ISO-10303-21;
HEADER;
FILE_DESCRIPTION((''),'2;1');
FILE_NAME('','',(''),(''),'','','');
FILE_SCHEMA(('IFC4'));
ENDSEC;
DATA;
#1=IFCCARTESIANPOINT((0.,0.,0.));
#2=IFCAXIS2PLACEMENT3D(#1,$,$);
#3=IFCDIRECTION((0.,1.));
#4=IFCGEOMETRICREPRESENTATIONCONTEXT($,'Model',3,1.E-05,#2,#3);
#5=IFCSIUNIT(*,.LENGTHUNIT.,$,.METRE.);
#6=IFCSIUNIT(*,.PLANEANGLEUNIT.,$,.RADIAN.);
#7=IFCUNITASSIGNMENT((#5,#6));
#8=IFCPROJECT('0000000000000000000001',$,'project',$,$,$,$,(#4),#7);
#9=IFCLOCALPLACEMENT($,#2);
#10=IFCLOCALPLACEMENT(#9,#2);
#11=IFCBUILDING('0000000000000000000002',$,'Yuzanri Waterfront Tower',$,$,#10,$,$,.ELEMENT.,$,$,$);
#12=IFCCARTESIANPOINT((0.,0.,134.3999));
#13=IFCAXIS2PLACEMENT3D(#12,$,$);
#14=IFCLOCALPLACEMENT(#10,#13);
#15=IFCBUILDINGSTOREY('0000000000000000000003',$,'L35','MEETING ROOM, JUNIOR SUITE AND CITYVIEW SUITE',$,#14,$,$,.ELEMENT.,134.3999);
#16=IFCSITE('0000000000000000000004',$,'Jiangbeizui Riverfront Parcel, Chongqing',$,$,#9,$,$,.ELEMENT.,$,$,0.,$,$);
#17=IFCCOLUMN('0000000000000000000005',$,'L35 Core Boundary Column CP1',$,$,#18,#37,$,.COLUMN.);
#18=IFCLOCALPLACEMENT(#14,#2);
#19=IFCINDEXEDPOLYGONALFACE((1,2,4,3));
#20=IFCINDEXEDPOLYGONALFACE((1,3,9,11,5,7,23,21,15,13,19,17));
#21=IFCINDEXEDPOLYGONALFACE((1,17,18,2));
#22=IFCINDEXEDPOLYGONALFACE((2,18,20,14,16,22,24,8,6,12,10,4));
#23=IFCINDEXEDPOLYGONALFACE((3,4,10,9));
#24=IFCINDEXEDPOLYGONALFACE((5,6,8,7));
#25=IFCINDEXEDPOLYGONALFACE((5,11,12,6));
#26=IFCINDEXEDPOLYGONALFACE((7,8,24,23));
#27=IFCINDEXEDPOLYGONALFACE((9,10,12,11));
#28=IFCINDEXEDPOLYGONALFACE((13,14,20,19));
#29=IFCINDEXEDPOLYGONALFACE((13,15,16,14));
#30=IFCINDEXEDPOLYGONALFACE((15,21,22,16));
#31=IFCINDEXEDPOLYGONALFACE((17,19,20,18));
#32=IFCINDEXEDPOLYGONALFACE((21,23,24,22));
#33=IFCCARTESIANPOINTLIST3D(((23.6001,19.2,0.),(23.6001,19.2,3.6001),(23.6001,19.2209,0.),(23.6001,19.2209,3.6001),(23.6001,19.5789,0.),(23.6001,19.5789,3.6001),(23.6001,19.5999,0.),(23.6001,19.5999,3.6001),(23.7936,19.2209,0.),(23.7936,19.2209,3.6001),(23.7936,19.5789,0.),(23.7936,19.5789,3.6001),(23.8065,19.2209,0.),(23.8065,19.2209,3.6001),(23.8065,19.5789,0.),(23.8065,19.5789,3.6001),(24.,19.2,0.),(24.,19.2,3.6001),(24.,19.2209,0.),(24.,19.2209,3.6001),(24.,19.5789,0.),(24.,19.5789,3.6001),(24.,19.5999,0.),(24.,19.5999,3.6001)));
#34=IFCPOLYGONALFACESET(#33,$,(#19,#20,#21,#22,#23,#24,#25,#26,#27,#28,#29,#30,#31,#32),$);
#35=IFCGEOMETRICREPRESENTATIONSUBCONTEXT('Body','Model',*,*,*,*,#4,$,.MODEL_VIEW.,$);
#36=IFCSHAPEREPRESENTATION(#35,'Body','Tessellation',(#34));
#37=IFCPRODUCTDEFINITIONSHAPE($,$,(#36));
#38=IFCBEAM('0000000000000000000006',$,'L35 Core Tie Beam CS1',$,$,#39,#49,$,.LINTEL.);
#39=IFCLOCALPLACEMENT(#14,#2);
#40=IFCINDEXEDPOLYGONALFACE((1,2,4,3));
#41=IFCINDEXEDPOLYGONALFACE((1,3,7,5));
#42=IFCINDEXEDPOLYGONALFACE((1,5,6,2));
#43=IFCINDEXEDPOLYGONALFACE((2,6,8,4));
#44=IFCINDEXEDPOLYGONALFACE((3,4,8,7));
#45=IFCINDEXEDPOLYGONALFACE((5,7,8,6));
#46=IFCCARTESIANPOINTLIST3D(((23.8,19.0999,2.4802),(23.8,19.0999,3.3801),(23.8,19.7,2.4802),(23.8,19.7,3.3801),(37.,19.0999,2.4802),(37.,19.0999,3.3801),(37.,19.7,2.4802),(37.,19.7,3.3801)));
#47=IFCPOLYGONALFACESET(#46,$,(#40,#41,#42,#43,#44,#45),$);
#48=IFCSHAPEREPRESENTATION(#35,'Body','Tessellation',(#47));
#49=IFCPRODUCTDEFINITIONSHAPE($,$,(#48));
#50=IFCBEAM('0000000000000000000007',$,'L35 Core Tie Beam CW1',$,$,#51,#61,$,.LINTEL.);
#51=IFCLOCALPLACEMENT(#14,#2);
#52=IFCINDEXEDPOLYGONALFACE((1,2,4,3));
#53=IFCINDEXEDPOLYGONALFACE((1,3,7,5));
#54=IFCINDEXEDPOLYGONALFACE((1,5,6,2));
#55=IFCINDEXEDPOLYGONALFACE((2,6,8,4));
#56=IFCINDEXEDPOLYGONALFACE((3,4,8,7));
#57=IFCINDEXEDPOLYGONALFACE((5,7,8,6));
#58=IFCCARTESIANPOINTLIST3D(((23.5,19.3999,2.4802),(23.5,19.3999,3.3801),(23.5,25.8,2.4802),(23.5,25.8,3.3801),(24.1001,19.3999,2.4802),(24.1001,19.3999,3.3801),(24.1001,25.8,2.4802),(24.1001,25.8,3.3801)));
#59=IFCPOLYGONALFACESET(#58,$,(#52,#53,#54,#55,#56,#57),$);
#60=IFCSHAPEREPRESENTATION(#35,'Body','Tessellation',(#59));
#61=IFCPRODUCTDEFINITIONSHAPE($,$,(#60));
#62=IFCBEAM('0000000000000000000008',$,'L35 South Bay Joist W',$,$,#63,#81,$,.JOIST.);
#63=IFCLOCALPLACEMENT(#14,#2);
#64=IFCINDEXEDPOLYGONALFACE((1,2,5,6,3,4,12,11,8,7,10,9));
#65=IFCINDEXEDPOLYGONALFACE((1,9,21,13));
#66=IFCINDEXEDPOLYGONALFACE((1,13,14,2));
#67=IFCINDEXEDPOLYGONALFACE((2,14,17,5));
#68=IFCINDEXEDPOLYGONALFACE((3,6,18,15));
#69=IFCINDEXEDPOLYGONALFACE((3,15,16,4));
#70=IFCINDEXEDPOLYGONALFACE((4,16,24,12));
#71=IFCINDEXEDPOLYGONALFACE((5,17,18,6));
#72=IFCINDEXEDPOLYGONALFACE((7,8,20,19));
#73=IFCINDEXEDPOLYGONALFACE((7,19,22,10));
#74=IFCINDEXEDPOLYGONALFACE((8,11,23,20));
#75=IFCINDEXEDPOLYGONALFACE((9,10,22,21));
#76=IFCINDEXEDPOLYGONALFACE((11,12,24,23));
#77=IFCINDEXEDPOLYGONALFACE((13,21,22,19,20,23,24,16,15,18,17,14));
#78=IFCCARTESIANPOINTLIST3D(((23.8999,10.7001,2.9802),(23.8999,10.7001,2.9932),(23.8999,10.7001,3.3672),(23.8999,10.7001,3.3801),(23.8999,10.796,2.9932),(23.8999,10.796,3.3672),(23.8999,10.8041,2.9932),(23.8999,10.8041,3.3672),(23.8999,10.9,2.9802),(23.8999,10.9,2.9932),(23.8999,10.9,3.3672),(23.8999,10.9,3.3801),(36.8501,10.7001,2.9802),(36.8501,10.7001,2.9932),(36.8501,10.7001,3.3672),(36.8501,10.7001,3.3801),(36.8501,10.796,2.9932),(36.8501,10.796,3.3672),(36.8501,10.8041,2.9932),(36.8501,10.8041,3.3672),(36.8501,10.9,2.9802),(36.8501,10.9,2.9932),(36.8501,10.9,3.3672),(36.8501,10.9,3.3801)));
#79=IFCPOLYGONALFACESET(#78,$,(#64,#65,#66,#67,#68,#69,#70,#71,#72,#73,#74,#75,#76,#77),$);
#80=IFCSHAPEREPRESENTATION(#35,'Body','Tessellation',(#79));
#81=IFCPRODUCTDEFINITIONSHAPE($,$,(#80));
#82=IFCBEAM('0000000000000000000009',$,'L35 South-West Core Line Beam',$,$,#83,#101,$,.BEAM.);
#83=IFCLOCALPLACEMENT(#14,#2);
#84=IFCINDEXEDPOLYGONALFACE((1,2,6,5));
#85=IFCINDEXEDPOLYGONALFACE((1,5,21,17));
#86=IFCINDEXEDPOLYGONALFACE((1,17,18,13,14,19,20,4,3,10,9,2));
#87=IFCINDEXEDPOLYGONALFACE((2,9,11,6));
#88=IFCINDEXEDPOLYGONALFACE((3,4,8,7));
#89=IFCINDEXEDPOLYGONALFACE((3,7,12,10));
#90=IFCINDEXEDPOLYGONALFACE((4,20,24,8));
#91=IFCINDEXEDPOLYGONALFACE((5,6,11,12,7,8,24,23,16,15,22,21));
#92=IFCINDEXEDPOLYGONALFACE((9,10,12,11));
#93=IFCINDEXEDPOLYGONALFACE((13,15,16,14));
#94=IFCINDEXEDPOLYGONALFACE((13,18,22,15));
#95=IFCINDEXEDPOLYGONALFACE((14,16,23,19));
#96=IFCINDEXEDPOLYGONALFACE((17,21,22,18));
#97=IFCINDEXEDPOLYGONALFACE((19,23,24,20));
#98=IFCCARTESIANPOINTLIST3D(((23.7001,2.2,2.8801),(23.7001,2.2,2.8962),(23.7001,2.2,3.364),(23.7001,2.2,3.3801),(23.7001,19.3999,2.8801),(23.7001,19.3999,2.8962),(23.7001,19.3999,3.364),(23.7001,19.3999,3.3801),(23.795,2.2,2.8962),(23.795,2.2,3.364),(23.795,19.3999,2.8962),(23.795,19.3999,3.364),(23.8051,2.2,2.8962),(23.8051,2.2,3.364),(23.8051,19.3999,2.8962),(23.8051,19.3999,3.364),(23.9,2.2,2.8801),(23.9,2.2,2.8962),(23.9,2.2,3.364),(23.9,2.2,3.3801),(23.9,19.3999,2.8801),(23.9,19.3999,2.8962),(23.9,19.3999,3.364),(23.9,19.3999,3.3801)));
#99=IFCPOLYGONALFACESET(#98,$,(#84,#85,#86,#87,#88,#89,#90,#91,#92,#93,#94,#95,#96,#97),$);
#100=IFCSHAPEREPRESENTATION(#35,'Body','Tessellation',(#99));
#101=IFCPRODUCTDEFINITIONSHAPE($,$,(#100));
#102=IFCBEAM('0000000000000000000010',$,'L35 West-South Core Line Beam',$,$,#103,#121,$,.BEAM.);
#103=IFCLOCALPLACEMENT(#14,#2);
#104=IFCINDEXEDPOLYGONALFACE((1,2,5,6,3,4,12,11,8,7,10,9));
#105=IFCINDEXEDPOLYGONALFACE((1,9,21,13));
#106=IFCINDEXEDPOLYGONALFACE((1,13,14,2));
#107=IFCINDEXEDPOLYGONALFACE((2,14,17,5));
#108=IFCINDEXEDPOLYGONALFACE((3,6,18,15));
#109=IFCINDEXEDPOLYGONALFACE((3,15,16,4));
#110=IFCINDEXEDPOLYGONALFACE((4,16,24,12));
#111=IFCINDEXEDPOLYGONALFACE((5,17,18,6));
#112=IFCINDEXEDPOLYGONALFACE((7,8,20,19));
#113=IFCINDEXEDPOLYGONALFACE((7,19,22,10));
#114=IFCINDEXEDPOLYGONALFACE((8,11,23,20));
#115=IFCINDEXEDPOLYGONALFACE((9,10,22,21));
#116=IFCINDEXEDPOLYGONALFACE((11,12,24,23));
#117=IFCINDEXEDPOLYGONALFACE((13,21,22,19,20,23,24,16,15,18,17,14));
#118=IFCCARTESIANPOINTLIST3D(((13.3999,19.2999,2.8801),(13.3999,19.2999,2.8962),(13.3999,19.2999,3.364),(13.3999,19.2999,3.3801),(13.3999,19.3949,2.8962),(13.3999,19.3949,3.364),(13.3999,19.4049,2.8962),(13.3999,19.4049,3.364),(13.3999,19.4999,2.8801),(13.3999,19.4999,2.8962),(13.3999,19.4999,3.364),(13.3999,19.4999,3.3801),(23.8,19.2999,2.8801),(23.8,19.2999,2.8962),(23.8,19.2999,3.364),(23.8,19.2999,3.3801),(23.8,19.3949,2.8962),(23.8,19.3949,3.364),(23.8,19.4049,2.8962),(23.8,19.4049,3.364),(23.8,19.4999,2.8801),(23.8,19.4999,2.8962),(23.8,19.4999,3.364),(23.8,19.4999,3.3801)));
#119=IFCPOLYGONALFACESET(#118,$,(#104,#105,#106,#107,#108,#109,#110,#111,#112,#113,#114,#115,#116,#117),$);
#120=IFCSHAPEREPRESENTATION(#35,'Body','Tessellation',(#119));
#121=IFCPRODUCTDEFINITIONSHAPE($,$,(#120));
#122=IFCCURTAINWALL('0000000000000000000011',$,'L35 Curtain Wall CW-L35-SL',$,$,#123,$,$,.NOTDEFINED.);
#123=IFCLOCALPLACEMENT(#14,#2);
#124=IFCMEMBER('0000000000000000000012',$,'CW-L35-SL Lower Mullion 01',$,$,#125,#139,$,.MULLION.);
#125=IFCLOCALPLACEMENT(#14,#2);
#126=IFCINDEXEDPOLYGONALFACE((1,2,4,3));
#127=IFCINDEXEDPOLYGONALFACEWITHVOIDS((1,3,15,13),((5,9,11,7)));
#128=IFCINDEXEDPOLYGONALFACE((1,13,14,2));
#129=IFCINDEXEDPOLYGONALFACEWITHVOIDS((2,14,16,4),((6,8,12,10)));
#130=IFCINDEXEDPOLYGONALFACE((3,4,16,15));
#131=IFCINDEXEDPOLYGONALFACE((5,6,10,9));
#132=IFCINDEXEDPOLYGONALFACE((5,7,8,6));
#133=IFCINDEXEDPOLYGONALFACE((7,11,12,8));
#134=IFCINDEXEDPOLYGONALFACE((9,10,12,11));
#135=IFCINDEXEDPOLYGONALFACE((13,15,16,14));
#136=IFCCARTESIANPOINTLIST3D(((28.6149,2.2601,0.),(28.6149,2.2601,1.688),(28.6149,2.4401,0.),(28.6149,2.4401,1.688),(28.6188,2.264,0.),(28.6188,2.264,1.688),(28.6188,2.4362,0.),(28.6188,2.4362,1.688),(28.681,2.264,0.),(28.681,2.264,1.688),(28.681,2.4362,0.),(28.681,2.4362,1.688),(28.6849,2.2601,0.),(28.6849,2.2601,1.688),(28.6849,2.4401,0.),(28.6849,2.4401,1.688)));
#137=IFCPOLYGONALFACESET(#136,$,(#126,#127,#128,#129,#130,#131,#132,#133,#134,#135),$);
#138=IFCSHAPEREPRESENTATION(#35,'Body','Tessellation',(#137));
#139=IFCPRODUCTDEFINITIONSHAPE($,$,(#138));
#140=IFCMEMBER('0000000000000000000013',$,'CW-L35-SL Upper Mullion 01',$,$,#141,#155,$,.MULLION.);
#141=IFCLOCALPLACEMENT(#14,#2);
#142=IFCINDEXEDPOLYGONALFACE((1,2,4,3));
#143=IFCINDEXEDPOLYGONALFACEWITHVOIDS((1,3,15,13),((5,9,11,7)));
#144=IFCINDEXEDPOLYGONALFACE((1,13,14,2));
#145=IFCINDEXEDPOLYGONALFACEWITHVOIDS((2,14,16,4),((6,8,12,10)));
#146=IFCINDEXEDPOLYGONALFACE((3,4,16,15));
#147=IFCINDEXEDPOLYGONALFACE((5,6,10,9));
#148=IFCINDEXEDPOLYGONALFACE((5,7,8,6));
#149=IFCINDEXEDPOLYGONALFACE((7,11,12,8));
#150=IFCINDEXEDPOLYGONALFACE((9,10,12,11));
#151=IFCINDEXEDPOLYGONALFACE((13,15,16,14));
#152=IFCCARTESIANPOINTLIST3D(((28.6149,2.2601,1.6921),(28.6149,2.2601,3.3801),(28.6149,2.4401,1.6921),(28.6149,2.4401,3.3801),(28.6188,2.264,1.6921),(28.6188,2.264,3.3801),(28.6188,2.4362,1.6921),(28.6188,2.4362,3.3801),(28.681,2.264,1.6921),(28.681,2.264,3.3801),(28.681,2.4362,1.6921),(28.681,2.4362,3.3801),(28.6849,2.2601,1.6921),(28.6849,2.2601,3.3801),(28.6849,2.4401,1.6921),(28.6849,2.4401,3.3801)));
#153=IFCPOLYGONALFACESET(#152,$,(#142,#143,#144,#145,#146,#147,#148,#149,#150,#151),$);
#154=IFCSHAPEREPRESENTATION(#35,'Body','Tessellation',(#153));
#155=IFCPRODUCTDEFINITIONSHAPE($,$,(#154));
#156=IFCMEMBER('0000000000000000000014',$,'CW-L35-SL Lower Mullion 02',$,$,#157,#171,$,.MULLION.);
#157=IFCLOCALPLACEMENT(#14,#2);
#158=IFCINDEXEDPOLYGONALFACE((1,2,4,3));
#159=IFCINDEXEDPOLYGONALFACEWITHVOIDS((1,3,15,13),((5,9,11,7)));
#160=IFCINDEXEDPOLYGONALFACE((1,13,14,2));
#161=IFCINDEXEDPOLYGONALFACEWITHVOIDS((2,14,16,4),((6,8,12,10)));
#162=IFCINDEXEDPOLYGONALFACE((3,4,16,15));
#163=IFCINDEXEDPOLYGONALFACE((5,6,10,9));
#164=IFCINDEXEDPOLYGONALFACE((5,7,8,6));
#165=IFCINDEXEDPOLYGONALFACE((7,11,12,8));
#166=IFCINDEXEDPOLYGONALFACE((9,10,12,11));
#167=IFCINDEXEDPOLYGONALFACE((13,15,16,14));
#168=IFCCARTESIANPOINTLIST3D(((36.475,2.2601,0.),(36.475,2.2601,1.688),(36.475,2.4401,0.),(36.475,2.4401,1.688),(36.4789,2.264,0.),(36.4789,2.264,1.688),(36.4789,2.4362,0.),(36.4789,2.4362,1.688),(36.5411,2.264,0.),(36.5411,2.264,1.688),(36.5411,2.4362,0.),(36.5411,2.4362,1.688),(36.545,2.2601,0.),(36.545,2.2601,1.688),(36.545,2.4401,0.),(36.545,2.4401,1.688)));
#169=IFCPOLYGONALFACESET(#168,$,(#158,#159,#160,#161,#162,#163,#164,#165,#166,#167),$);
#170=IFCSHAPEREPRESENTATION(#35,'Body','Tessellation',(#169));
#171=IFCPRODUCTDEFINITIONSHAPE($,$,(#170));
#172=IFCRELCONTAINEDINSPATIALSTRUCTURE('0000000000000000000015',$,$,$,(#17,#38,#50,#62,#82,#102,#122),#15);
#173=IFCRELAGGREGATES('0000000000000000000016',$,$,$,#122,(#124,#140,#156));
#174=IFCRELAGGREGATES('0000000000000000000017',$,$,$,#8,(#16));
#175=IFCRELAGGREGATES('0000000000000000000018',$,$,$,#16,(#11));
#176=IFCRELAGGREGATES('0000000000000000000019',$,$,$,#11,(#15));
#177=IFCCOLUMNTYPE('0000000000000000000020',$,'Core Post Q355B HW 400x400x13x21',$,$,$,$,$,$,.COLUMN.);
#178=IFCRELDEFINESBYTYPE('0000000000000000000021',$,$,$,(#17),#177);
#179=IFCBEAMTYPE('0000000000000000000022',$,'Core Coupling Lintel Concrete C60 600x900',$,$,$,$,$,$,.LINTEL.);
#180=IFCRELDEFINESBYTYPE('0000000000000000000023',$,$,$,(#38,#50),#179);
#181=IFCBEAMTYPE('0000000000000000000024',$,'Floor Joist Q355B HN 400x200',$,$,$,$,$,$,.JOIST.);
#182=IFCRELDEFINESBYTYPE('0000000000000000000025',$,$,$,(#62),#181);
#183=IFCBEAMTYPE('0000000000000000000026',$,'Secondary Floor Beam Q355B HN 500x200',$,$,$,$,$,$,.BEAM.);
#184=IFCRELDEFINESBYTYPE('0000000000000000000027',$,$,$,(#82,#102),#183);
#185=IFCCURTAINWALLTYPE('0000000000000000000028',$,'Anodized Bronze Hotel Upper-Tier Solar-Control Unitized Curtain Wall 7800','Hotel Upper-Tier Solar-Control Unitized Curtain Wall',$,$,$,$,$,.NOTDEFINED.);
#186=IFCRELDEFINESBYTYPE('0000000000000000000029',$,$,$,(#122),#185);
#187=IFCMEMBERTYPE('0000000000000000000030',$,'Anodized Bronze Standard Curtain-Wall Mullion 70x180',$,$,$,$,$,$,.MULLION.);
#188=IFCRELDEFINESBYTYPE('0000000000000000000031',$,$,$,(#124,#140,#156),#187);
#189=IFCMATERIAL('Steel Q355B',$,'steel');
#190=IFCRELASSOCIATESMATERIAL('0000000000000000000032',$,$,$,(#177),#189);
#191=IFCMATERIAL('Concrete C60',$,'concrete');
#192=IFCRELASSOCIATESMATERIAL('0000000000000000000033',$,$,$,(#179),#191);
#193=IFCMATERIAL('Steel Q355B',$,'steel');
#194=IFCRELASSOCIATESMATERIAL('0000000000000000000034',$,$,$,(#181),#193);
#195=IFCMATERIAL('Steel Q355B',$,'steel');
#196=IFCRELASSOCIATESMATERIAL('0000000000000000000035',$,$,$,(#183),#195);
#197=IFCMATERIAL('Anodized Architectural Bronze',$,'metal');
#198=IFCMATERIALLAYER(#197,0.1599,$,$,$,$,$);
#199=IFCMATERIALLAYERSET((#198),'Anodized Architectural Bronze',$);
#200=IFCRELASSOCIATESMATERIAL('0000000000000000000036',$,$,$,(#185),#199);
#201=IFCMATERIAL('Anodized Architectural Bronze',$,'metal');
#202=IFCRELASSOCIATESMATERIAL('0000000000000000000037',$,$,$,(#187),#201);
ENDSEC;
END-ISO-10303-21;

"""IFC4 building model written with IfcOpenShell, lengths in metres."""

from ifc_helpers import new_model, si_unit, direction, frame, origin, origin_2d, place, context, subcontext, project, spatial, rectangle, hollow_rectangle, i_section, extrude, source, transform, mapped, material, layer, layer_set, material_profile, profile_set, type_object, element, aggregate, save


model = new_model("IFC4")

# Units and contexts
model_context = context("Model", 3, precision=1e-05, world=origin(), true_north=direction((0.0, 1.0)))
body_context = subcontext(model_context, "Body", "Model", "MODEL_VIEW")
ifc_project = project(units=[si_unit("LENGTHUNIT", "METRE"), si_unit("PLANEANGLEUNIT", "RADIAN")], contexts=[model_context])

# Site, building, storey
site_placement = place(None, origin())
site = spatial("IfcSite", under=ifc_project, at=site_placement, Name="Jiangbeizui Riverfront Parcel, Chongqing", CompositionType="ELEMENT", RefElevation=0.0)
building_placement = place(site_placement, origin())
building = spatial("IfcBuilding", under=site, at=building_placement, Name="Yuzanri Waterfront Tower", CompositionType="ELEMENT")
storey_placement = place(building_placement, frame((0.0, 0.0, 134.3999)))
storey = spatial("IfcBuildingStorey", under=building, at=storey_placement, Name="L35", Description="MEETING ROOM, JUNIOR SUITE AND CITYVIEW SUITE", CompositionType="ELEMENT", Elevation=134.3999)

# Column
ifc_material_1 = material(Name="Steel Q355B", Category="steel")
ifc_material_profile_1 = material_profile(ifc_material_1, i_section(OverallWidth=0.3999, OverallDepth=0.3999, WebThickness=0.0129, FlangeThickness=0.021, at=origin_2d()), Name="HW 400x400x13x21")
ifc_profile_set_1 = profile_set([ifc_material_profile_1], Name="Steel Q355B")
column_type = type_object("IfcColumnType", Name="Core Post Q355B HW 400x400x13x21", PredefinedType="COLUMN", material=ifc_profile_set_1)
shared_shape_1 = source(origin(), body_context, "Body", "SweptSolid", [
    extrude(i_section(OverallWidth=0.3999, OverallDepth=0.3999, WebThickness=0.0129, FlangeThickness=0.021, at=origin_2d()), origin(), (0.0, 0.0, 1.0), 3.6001),
])
column_placement = place(storey_placement, frame((23.8, 19.3999, 0.0), z_axis=(0.0, 0.0, 1.0), x_axis=(1.0, 0.0, 0.0)))
element("IfcColumn", 1, at=column_placement, inside=storey, type_object=column_type, Name="L35 Core Boundary Column CP1", PredefinedType="COLUMN", context=body_context, shape_type="MappedRepresentation", body=[
    mapped(shared_shape_1, transform((0.0, 0.0, 0.0), scale=1.0)),
])

# Beams
ifc_material_2 = material(Name="Concrete C60", Category="concrete")
ifc_material_profile_2 = material_profile(ifc_material_2, rectangle(XDim=0.6001, YDim=0.8999, at=origin_2d()), Name="RC 600x900")
ifc_profile_set_2 = profile_set([ifc_material_profile_2], Name="Concrete C60")
beam_type_1 = type_object("IfcBeamType", Name="Core Coupling Lintel Concrete C60 600x900", PredefinedType="LINTEL", material=ifc_profile_set_2)
shared_shape_2 = source(origin(), body_context, "Body", "SweptSolid", [
    extrude(rectangle(XDim=0.6001, YDim=0.8999, at=origin_2d()), origin(), (0.0, 0.0, 1.0), 13.2),
])
beam_1_placement = place(storey_placement, frame((23.8, 19.3999, 2.9302), z_axis=(1.0, 0.0, 0.0), x_axis=(0.0, 1.0, 0.0)))
element("IfcBeam", 2, at=beam_1_placement, inside=storey, type_object=beam_type_1, Name="L35 Core Tie Beam CS1", PredefinedType="LINTEL", context=body_context, shape_type="MappedRepresentation", body=[
    mapped(shared_shape_2, transform((0.0, 0.0, 0.0), scale=1.0)),
])
shared_shape_3 = source(origin(), body_context, "Body", "SweptSolid", [
    extrude(rectangle(XDim=0.6001, YDim=0.8999, at=origin_2d()), origin(), (0.0, 0.0, 1.0), 6.4001),
])
beam_2_placement = place(storey_placement, frame((23.8, 19.3999, 2.9302), z_axis=(0.0, 1.0, 0.0), x_axis=(-1.0, 0.0, 0.0)))
element("IfcBeam", 3, at=beam_2_placement, inside=storey, type_object=beam_type_1, Name="L35 Core Tie Beam CW1", PredefinedType="LINTEL", context=body_context, shape_type="MappedRepresentation", body=[
    mapped(shared_shape_3, transform((0.0, 0.0, 0.0), scale=1.0)),
])
ifc_material_3 = material(Name="Steel Q355B", Category="steel")
ifc_material_profile_3 = material_profile(ifc_material_3, i_section(OverallWidth=0.2, OverallDepth=0.3999, WebThickness=0.0081, FlangeThickness=0.0129, at=origin_2d()), Name="HN 400x200x8x13")
ifc_profile_set_3 = profile_set([ifc_material_profile_3], Name="Steel Q355B")
beam_type_2 = type_object("IfcBeamType", Name="Floor Joist Q355B HN 400x200", PredefinedType="JOIST", material=ifc_profile_set_3)
shared_shape_4 = source(origin(), body_context, "Body", "SweptSolid", [
    extrude(i_section(OverallWidth=0.2, OverallDepth=0.3999, WebThickness=0.0081, FlangeThickness=0.0129, at=origin_2d()), origin(), (0.0, 0.0, 1.0), 12.9502),
])
beam_3_placement = place(storey_placement, frame((23.8999, 10.8, 3.1802), z_axis=(1.0, 0.0, 0.0), x_axis=(0.0, 1.0, 0.0)))
element("IfcBeam", 4, at=beam_3_placement, inside=storey, type_object=beam_type_2, Name="L35 South Bay Joist W", PredefinedType="JOIST", context=body_context, shape_type="MappedRepresentation", body=[
    mapped(shared_shape_4, transform((0.0, 0.0, 0.0), scale=1.0)),
])
ifc_material_4 = material(Name="Steel Q355B", Category="steel")
ifc_material_profile_4 = material_profile(ifc_material_4, i_section(OverallWidth=0.2, OverallDepth=0.5, WebThickness=0.01, FlangeThickness=0.0161, at=origin_2d()), Name="HN 500x200x10x16")
ifc_profile_set_4 = profile_set([ifc_material_profile_4], Name="Steel Q355B")
beam_type_3 = type_object("IfcBeamType", Name="Secondary Floor Beam Q355B HN 500x200", PredefinedType="BEAM", material=ifc_profile_set_4)
shared_shape_5 = source(origin(), body_context, "Body", "SweptSolid", [
    extrude(i_section(OverallWidth=0.2, OverallDepth=0.5, WebThickness=0.01, FlangeThickness=0.0161, at=origin_2d()), origin(), (0.0, 0.0, 1.0), 17.2),
])
beam_4_placement = place(storey_placement, frame((23.8, 19.3999, 3.1301), z_axis=(0.0, -1.0, 0.0), x_axis=(1.0, 0.0, 0.0)))
element("IfcBeam", 5, at=beam_4_placement, inside=storey, type_object=beam_type_3, Name="L35 South-West Core Line Beam", PredefinedType="BEAM", context=body_context, shape_type="MappedRepresentation", body=[
    mapped(shared_shape_5, transform((0.0, 0.0, 0.0), scale=1.0)),
])
shared_shape_6 = source(origin(), body_context, "Body", "SweptSolid", [
    extrude(i_section(OverallWidth=0.2, OverallDepth=0.5, WebThickness=0.01, FlangeThickness=0.0161, at=origin_2d()), origin(), (0.0, 0.0, 1.0), 10.4001),
])
beam_5_placement = place(storey_placement, frame((23.8, 19.3999, 3.1301), z_axis=(-1.0, 0.0, 0.0), x_axis=(0.0, -1.0, 0.0)))
element("IfcBeam", 6, at=beam_5_placement, inside=storey, type_object=beam_type_3, Name="L35 West-South Core Line Beam", PredefinedType="BEAM", context=body_context, shape_type="MappedRepresentation", body=[
    mapped(shared_shape_6, transform((0.0, 0.0, 0.0), scale=1.0)),
])

# Curtain wall, members
ifc_material_5 = material(Name="Anodized Architectural Bronze", Category="metal")
ifc_layer_1 = layer(ifc_material_5, 0.1599)
ifc_layer_set_1 = layer_set([ifc_layer_1], Name="Anodized Architectural Bronze")
curtain_wall_type = type_object("IfcCurtainWallType", Name="Anodized Bronze Hotel Upper-Tier Solar-Control Unitized Curtain Wall 7800", Description="Hotel Upper-Tier Solar-Control Unitized Curtain Wall", PredefinedType="NOTDEFINED", material=ifc_layer_set_1)
curtain_wall_placement = place(storey_placement, origin())
curtain_wall = element("IfcCurtainWall", 7, at=curtain_wall_placement, inside=storey, type_object=curtain_wall_type, Name="L35 Curtain Wall CW-L35-SL", PredefinedType="NOTDEFINED")
ifc_material_6 = material(Name="Anodized Architectural Bronze", Category="metal")
ifc_material_profile_5 = material_profile(ifc_material_6, hollow_rectangle(XDim=0.0701, YDim=0.1799, WallThickness=0.0039, at=origin_2d()), Name="CWM 70x180")
ifc_profile_set_5 = profile_set([ifc_material_profile_5], Name="Anodized Architectural Bronze")
member_type = type_object("IfcMemberType", Name="Anodized Bronze Standard Curtain-Wall Mullion 70x180", PredefinedType="MULLION", material=ifc_profile_set_5)
shared_shape_7 = source(origin(), body_context, "Body", "SweptSolid", [
    extrude(hollow_rectangle(XDim=0.0701, YDim=0.1799, WallThickness=0.0039, at=origin_2d()), origin(), (0.0, 0.0, 1.0), 1.688),
])
member_1_placement = place(storey_placement, frame((28.6499, 2.3501, 0.0), z_axis=(0.0, 0.0, 1.0), x_axis=(1.0, 0.0, 0.0)))
member_1 = element("IfcMember", 8, at=member_1_placement, type_object=member_type, Name="CW-L35-SL Lower Mullion 01", PredefinedType="MULLION", context=body_context, shape_type="MappedRepresentation", body=[
    mapped(shared_shape_7, transform((0.0, 0.0, 0.0), scale=1.0)),
])
member_2_placement = place(storey_placement, frame((28.6499, 2.3501, 1.6921), z_axis=(0.0, 0.0, 1.0), x_axis=(1.0, 0.0, 0.0)))
member_2 = element("IfcMember", 9, at=member_2_placement, type_object=member_type, Name="CW-L35-SL Upper Mullion 01", PredefinedType="MULLION", context=body_context, shape_type="MappedRepresentation", body=[
    mapped(shared_shape_7, transform((0.0, 0.0, 0.0), scale=1.0)),
])
member_3_placement = place(storey_placement, frame((36.51, 2.3501, 0.0), z_axis=(0.0, 0.0, 1.0), x_axis=(1.0, 0.0, 0.0)))
member_3 = element("IfcMember", 10, at=member_3_placement, type_object=member_type, Name="CW-L35-SL Lower Mullion 02", PredefinedType="MULLION", context=body_context, shape_type="MappedRepresentation", body=[
    mapped(shared_shape_7, transform((0.0, 0.0, 0.0), scale=1.0)),
])
aggregate(curtain_wall, [member_1, member_2, member_3])

save(model, "model.ifc")
